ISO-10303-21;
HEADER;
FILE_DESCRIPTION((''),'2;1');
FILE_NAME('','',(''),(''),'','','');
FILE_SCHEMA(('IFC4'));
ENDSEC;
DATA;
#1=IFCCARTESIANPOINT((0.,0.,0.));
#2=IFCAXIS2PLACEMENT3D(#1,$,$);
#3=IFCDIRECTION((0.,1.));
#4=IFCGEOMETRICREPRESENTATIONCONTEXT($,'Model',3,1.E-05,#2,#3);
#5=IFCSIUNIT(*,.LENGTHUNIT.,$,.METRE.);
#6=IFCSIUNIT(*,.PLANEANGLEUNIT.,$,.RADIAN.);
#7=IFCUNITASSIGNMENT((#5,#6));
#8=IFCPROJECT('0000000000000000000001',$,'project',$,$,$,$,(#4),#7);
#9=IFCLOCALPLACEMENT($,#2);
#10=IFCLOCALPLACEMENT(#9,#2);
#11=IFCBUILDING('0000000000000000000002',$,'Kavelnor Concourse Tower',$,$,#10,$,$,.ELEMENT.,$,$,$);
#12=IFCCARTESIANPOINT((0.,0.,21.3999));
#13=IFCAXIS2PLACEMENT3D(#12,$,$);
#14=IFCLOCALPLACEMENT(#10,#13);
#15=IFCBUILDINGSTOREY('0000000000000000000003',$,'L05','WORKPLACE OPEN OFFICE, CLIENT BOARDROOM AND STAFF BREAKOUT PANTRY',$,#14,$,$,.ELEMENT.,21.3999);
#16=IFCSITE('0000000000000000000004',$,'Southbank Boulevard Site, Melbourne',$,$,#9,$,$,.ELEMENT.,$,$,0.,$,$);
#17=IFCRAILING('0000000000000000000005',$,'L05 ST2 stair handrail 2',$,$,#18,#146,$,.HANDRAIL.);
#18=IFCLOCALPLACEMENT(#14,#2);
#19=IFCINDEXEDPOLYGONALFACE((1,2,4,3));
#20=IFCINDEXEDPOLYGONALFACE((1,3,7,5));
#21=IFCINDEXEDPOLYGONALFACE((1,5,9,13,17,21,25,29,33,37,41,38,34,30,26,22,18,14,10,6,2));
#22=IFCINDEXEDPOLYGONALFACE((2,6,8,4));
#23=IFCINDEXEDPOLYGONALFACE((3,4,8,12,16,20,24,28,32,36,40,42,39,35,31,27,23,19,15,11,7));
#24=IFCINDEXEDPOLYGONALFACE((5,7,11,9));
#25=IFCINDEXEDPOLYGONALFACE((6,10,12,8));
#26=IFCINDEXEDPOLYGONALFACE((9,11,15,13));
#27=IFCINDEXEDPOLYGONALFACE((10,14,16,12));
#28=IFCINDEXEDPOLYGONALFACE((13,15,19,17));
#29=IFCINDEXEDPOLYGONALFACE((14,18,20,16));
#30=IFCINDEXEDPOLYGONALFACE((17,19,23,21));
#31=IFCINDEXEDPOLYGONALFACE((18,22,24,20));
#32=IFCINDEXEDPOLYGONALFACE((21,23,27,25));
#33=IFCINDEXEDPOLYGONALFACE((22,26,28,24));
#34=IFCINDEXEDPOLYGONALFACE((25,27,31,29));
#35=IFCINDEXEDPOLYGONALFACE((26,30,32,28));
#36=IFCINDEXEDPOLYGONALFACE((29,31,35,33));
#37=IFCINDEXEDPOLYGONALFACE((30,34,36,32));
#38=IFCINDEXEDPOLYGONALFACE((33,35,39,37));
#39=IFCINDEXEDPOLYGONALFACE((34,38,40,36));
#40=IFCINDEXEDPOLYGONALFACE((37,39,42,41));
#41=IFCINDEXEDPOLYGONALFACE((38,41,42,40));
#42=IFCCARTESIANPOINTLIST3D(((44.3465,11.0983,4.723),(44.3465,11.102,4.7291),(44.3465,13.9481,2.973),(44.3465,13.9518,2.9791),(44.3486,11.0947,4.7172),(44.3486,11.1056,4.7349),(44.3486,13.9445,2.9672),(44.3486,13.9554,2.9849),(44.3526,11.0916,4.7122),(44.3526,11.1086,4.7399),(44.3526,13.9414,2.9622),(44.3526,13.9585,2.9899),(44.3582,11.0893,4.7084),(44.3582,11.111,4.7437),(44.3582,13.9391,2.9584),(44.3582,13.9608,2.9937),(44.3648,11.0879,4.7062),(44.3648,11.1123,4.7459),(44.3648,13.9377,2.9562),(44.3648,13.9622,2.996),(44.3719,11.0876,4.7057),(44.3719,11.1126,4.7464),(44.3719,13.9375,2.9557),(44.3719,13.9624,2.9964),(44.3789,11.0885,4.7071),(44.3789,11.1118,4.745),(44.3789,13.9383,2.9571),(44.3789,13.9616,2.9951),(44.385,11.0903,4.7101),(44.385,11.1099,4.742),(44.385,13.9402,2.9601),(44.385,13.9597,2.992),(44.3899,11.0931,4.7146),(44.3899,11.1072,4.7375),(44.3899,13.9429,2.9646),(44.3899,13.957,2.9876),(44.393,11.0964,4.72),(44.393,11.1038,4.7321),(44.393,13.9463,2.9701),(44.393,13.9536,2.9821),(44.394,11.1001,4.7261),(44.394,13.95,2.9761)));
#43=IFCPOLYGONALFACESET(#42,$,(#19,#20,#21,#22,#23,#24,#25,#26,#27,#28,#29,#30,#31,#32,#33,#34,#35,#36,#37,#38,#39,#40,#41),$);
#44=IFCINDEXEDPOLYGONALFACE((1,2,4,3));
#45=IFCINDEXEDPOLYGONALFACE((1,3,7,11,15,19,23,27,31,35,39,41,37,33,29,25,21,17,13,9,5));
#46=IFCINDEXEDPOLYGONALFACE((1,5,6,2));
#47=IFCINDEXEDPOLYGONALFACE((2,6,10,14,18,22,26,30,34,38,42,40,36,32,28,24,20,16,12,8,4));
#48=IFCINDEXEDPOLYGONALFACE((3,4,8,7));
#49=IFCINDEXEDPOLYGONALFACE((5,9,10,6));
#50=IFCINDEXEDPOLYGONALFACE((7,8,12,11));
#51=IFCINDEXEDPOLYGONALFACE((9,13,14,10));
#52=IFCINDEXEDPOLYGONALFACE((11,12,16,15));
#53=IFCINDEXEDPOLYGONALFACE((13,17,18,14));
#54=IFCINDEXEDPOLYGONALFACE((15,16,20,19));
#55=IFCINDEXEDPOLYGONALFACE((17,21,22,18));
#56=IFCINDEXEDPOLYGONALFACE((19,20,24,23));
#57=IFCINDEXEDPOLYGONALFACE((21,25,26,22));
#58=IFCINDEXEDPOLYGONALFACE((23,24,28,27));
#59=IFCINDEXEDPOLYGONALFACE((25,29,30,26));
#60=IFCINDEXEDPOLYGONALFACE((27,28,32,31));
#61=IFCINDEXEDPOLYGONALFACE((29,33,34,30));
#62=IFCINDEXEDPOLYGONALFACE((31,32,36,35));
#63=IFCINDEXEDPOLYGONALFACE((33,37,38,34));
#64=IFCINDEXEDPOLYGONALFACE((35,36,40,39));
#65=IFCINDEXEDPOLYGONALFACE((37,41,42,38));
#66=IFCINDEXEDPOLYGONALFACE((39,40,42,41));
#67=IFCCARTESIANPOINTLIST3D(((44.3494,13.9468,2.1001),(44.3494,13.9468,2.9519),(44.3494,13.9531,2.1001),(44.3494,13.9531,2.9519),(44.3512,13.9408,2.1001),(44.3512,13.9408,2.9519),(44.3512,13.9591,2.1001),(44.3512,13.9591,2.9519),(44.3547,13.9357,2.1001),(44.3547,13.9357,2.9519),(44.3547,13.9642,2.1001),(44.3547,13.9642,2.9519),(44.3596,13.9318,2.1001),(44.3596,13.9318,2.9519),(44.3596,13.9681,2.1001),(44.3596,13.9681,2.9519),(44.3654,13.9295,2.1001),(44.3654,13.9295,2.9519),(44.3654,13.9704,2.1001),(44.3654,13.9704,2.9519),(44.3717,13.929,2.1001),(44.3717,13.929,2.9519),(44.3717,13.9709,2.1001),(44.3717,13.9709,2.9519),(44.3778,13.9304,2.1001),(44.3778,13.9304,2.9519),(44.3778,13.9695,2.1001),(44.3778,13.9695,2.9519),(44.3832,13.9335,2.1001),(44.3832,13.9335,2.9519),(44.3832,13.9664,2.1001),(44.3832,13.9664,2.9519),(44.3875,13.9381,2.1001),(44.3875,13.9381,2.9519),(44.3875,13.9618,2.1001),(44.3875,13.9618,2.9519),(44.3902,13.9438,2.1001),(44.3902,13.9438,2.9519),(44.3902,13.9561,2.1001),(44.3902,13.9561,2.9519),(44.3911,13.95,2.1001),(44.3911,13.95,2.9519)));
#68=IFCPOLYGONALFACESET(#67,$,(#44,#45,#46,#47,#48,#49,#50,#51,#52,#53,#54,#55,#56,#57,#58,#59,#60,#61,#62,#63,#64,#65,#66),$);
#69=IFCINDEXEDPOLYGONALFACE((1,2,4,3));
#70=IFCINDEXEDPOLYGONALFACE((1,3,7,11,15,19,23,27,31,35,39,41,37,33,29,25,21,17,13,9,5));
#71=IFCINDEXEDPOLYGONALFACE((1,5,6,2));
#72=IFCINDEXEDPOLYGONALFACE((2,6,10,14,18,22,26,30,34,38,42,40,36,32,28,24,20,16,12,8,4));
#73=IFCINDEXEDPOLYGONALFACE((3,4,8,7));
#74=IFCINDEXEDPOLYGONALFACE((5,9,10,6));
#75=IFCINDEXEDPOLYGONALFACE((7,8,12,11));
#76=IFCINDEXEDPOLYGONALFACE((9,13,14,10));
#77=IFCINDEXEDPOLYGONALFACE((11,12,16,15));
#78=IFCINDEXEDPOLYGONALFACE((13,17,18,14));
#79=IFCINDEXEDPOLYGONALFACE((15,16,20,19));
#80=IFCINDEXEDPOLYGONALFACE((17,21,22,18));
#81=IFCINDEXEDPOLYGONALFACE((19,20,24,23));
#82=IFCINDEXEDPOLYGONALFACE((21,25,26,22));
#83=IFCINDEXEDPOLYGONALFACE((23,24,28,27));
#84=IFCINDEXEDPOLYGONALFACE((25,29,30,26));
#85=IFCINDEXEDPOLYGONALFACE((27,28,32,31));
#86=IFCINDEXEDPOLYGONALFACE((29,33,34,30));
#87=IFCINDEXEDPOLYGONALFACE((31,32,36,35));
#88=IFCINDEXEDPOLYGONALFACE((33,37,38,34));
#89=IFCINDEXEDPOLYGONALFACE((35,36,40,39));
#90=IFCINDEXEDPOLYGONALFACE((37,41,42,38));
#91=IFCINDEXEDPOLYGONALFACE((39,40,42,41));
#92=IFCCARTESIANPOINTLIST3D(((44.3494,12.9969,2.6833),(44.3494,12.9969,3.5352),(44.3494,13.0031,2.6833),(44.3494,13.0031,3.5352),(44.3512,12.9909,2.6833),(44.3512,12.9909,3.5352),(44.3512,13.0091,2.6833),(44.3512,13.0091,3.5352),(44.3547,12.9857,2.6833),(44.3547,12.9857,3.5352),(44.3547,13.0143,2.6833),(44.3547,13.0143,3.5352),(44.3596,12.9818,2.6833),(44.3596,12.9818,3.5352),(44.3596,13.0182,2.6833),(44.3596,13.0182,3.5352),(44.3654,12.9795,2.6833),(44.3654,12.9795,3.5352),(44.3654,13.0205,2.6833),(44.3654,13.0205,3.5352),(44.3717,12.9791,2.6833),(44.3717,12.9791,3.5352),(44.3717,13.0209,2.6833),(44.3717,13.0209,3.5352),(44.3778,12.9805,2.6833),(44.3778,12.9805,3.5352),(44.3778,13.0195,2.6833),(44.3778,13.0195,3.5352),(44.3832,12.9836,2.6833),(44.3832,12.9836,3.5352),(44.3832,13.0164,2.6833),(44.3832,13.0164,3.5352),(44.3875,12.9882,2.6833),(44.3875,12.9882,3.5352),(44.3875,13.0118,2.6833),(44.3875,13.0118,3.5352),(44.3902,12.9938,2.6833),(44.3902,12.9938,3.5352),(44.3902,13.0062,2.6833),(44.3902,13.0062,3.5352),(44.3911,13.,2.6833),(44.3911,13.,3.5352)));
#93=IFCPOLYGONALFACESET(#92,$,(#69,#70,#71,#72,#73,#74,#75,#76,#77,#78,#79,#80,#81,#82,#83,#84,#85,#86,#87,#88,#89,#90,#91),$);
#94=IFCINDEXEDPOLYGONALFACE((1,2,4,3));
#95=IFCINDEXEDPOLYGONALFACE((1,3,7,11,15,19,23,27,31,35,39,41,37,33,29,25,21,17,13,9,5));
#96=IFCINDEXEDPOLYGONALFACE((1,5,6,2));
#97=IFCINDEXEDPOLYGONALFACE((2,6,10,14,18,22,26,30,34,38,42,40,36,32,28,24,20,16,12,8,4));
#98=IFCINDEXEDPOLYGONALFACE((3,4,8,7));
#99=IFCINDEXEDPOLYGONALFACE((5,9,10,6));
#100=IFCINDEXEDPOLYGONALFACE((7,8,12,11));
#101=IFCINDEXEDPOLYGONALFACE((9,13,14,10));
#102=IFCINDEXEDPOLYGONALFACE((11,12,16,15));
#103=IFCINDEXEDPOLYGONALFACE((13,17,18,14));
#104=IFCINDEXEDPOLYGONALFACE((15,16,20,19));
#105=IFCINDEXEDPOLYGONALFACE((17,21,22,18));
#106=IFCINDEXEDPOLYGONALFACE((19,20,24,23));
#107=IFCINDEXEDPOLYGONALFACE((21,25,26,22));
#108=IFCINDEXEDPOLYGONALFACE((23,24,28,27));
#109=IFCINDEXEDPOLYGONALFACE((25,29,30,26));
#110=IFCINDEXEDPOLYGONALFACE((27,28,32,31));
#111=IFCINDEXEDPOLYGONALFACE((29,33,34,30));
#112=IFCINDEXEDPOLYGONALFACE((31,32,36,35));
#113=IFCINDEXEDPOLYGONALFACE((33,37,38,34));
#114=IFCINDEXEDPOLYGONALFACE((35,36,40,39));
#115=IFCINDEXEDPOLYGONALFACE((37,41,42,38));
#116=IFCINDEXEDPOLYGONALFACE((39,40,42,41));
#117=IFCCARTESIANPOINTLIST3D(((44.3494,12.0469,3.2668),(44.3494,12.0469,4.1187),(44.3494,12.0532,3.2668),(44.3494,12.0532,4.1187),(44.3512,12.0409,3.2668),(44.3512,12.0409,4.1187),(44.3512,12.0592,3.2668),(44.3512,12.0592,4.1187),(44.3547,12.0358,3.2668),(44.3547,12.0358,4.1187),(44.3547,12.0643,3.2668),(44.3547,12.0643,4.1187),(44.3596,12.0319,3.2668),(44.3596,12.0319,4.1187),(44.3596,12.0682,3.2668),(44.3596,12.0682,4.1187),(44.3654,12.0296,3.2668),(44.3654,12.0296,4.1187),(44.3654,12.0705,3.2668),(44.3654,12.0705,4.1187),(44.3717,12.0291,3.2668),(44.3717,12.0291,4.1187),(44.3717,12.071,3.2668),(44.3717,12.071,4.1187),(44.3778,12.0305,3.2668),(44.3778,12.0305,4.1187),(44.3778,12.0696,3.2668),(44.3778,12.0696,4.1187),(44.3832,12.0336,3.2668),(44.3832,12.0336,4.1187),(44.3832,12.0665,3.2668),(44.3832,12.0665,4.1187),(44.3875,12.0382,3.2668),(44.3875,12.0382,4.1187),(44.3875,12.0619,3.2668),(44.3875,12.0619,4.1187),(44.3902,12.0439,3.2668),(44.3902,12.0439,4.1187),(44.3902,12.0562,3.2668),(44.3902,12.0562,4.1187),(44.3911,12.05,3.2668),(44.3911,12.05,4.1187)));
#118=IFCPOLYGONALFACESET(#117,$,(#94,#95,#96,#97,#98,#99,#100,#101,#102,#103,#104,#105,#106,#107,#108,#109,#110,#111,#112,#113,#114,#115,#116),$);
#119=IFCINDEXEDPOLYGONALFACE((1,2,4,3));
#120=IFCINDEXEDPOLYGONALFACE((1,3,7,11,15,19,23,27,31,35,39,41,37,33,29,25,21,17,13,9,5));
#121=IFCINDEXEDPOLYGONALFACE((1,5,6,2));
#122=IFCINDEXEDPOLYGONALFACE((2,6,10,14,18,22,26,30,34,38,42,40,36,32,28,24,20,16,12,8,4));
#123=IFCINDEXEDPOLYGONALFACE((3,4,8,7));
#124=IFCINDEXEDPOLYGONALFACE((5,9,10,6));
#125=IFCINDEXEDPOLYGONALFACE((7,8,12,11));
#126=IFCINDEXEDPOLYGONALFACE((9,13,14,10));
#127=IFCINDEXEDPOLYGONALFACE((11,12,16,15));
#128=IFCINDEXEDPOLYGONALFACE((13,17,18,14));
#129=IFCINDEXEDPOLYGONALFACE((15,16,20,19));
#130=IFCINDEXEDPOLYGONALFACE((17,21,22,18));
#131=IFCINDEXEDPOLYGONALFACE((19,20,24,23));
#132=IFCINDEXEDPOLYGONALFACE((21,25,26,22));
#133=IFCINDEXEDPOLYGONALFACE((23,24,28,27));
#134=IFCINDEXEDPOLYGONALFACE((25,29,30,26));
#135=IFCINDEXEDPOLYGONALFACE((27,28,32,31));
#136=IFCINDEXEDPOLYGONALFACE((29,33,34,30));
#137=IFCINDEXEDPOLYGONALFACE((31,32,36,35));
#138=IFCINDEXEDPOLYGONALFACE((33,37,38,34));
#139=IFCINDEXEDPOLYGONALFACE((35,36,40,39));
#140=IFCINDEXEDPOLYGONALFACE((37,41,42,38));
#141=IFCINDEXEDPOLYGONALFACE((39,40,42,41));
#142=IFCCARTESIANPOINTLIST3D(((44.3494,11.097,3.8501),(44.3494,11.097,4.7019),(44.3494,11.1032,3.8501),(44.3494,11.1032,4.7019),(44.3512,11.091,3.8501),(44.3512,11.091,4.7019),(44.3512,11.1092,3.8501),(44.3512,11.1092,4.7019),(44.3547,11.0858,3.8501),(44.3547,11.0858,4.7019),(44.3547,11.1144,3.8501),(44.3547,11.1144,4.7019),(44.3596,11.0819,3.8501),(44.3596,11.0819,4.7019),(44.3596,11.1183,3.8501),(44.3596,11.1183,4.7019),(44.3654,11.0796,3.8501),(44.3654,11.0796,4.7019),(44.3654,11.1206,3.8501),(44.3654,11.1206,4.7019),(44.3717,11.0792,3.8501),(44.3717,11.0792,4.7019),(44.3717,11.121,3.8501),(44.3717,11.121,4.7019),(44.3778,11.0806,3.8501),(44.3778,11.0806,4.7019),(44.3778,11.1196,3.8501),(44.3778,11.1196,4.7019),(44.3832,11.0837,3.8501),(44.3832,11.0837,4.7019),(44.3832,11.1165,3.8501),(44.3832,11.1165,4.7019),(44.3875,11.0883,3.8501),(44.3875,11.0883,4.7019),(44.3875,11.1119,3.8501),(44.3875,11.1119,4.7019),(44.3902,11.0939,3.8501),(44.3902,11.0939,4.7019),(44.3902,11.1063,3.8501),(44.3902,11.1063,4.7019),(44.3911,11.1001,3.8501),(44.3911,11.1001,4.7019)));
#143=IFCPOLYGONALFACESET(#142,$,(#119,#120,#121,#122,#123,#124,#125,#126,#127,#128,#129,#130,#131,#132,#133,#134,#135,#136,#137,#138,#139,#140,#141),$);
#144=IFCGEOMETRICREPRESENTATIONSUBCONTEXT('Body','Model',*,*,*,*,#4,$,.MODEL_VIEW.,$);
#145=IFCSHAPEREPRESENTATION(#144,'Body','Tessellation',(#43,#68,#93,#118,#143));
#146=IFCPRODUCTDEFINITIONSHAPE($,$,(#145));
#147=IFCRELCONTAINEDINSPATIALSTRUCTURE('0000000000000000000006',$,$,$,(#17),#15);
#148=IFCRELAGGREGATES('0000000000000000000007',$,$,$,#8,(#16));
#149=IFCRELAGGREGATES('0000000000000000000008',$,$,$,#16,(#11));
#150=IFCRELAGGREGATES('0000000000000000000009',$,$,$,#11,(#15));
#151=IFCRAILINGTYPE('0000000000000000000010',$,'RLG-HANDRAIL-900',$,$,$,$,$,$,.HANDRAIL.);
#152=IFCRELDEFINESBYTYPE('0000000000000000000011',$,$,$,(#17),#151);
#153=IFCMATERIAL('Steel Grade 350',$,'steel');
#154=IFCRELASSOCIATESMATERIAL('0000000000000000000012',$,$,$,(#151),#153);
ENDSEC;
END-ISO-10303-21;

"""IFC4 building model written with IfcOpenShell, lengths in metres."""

from ifc_helpers import new_model, si_unit, direction, frame, origin, origin_2d, place, context, subcontext, project, spatial, circle, extrude, material, type_object, element, save


model = new_model("IFC4")

# Units and contexts
model_context = context("Model", 3, precision=1e-05, world=origin(), true_north=direction((0.0, 1.0)))
body_context = subcontext(model_context, "Body", "Model", "MODEL_VIEW")
ifc_project = project(units=[si_unit("LENGTHUNIT", "METRE"), si_unit("PLANEANGLEUNIT", "RADIAN")], contexts=[model_context])

# Site, building, storey
site_placement = place(None, origin())
site = spatial("IfcSite", under=ifc_project, at=site_placement, Name="Southbank Boulevard Site, Melbourne", CompositionType="ELEMENT", RefElevation=0.0)
building_placement = place(site_placement, origin())
building = spatial("IfcBuilding", under=site, at=building_placement, Name="Kavelnor Concourse Tower", CompositionType="ELEMENT")
storey_placement = place(building_placement, frame((0.0, 0.0, 21.3999)))
storey = spatial("IfcBuildingStorey", under=building, at=storey_placement, Name="L05", Description="WORKPLACE OPEN OFFICE, CLIENT BOARDROOM AND STAFF BREAKOUT PANTRY", CompositionType="ELEMENT", Elevation=21.3999)

# Shared definitions
ifc_material_1 = material(Name="Steel Grade 350", Category="steel")

# Railing
railing_type_1 = type_object("IfcRailingType", Name="RLG-HANDRAIL-900", PredefinedType="HANDRAIL", material=ifc_material_1)
railing_1_placement = place(storey_placement, frame((44.3701, 13.95, 2.1001)))
element("IfcRailing", 1, at=railing_1_placement, inside=storey, type_object=railing_type_1, Name="L05 ST2 stair handrail 2", PredefinedType="HANDRAIL", context=body_context, shape_type="SweptSolid", body=[
    extrude(circle(Radius=0.0239, at=origin_2d()), frame((0.0, 0.0, 0.876), z_axis=(0.0, -0.852159, 0.523283), x_axis=(1.0, 0.0, 0.0)), (0.0, 0.0, 1.0), 3.3442),
    extrude(circle(Radius=0.021, at=origin_2d()), origin(), (0.0, 0.0, 1.0), 0.8518),
    extrude(circle(Radius=0.021, at=origin_2d()), frame((0.0, -0.95, 0.5833)), (0.0, 0.0, 1.0), 0.8518),
    extrude(circle(Radius=0.021, at=origin_2d()), frame((0.0, -1.8999, 1.1667)), (0.0, 0.0, 1.0), 0.8518),
    extrude(circle(Radius=0.021, at=origin_2d()), frame((0.0, -2.8499, 1.75)), (0.0, 0.0, 1.0), 0.8518),
])

save(model, "model.ifc")
